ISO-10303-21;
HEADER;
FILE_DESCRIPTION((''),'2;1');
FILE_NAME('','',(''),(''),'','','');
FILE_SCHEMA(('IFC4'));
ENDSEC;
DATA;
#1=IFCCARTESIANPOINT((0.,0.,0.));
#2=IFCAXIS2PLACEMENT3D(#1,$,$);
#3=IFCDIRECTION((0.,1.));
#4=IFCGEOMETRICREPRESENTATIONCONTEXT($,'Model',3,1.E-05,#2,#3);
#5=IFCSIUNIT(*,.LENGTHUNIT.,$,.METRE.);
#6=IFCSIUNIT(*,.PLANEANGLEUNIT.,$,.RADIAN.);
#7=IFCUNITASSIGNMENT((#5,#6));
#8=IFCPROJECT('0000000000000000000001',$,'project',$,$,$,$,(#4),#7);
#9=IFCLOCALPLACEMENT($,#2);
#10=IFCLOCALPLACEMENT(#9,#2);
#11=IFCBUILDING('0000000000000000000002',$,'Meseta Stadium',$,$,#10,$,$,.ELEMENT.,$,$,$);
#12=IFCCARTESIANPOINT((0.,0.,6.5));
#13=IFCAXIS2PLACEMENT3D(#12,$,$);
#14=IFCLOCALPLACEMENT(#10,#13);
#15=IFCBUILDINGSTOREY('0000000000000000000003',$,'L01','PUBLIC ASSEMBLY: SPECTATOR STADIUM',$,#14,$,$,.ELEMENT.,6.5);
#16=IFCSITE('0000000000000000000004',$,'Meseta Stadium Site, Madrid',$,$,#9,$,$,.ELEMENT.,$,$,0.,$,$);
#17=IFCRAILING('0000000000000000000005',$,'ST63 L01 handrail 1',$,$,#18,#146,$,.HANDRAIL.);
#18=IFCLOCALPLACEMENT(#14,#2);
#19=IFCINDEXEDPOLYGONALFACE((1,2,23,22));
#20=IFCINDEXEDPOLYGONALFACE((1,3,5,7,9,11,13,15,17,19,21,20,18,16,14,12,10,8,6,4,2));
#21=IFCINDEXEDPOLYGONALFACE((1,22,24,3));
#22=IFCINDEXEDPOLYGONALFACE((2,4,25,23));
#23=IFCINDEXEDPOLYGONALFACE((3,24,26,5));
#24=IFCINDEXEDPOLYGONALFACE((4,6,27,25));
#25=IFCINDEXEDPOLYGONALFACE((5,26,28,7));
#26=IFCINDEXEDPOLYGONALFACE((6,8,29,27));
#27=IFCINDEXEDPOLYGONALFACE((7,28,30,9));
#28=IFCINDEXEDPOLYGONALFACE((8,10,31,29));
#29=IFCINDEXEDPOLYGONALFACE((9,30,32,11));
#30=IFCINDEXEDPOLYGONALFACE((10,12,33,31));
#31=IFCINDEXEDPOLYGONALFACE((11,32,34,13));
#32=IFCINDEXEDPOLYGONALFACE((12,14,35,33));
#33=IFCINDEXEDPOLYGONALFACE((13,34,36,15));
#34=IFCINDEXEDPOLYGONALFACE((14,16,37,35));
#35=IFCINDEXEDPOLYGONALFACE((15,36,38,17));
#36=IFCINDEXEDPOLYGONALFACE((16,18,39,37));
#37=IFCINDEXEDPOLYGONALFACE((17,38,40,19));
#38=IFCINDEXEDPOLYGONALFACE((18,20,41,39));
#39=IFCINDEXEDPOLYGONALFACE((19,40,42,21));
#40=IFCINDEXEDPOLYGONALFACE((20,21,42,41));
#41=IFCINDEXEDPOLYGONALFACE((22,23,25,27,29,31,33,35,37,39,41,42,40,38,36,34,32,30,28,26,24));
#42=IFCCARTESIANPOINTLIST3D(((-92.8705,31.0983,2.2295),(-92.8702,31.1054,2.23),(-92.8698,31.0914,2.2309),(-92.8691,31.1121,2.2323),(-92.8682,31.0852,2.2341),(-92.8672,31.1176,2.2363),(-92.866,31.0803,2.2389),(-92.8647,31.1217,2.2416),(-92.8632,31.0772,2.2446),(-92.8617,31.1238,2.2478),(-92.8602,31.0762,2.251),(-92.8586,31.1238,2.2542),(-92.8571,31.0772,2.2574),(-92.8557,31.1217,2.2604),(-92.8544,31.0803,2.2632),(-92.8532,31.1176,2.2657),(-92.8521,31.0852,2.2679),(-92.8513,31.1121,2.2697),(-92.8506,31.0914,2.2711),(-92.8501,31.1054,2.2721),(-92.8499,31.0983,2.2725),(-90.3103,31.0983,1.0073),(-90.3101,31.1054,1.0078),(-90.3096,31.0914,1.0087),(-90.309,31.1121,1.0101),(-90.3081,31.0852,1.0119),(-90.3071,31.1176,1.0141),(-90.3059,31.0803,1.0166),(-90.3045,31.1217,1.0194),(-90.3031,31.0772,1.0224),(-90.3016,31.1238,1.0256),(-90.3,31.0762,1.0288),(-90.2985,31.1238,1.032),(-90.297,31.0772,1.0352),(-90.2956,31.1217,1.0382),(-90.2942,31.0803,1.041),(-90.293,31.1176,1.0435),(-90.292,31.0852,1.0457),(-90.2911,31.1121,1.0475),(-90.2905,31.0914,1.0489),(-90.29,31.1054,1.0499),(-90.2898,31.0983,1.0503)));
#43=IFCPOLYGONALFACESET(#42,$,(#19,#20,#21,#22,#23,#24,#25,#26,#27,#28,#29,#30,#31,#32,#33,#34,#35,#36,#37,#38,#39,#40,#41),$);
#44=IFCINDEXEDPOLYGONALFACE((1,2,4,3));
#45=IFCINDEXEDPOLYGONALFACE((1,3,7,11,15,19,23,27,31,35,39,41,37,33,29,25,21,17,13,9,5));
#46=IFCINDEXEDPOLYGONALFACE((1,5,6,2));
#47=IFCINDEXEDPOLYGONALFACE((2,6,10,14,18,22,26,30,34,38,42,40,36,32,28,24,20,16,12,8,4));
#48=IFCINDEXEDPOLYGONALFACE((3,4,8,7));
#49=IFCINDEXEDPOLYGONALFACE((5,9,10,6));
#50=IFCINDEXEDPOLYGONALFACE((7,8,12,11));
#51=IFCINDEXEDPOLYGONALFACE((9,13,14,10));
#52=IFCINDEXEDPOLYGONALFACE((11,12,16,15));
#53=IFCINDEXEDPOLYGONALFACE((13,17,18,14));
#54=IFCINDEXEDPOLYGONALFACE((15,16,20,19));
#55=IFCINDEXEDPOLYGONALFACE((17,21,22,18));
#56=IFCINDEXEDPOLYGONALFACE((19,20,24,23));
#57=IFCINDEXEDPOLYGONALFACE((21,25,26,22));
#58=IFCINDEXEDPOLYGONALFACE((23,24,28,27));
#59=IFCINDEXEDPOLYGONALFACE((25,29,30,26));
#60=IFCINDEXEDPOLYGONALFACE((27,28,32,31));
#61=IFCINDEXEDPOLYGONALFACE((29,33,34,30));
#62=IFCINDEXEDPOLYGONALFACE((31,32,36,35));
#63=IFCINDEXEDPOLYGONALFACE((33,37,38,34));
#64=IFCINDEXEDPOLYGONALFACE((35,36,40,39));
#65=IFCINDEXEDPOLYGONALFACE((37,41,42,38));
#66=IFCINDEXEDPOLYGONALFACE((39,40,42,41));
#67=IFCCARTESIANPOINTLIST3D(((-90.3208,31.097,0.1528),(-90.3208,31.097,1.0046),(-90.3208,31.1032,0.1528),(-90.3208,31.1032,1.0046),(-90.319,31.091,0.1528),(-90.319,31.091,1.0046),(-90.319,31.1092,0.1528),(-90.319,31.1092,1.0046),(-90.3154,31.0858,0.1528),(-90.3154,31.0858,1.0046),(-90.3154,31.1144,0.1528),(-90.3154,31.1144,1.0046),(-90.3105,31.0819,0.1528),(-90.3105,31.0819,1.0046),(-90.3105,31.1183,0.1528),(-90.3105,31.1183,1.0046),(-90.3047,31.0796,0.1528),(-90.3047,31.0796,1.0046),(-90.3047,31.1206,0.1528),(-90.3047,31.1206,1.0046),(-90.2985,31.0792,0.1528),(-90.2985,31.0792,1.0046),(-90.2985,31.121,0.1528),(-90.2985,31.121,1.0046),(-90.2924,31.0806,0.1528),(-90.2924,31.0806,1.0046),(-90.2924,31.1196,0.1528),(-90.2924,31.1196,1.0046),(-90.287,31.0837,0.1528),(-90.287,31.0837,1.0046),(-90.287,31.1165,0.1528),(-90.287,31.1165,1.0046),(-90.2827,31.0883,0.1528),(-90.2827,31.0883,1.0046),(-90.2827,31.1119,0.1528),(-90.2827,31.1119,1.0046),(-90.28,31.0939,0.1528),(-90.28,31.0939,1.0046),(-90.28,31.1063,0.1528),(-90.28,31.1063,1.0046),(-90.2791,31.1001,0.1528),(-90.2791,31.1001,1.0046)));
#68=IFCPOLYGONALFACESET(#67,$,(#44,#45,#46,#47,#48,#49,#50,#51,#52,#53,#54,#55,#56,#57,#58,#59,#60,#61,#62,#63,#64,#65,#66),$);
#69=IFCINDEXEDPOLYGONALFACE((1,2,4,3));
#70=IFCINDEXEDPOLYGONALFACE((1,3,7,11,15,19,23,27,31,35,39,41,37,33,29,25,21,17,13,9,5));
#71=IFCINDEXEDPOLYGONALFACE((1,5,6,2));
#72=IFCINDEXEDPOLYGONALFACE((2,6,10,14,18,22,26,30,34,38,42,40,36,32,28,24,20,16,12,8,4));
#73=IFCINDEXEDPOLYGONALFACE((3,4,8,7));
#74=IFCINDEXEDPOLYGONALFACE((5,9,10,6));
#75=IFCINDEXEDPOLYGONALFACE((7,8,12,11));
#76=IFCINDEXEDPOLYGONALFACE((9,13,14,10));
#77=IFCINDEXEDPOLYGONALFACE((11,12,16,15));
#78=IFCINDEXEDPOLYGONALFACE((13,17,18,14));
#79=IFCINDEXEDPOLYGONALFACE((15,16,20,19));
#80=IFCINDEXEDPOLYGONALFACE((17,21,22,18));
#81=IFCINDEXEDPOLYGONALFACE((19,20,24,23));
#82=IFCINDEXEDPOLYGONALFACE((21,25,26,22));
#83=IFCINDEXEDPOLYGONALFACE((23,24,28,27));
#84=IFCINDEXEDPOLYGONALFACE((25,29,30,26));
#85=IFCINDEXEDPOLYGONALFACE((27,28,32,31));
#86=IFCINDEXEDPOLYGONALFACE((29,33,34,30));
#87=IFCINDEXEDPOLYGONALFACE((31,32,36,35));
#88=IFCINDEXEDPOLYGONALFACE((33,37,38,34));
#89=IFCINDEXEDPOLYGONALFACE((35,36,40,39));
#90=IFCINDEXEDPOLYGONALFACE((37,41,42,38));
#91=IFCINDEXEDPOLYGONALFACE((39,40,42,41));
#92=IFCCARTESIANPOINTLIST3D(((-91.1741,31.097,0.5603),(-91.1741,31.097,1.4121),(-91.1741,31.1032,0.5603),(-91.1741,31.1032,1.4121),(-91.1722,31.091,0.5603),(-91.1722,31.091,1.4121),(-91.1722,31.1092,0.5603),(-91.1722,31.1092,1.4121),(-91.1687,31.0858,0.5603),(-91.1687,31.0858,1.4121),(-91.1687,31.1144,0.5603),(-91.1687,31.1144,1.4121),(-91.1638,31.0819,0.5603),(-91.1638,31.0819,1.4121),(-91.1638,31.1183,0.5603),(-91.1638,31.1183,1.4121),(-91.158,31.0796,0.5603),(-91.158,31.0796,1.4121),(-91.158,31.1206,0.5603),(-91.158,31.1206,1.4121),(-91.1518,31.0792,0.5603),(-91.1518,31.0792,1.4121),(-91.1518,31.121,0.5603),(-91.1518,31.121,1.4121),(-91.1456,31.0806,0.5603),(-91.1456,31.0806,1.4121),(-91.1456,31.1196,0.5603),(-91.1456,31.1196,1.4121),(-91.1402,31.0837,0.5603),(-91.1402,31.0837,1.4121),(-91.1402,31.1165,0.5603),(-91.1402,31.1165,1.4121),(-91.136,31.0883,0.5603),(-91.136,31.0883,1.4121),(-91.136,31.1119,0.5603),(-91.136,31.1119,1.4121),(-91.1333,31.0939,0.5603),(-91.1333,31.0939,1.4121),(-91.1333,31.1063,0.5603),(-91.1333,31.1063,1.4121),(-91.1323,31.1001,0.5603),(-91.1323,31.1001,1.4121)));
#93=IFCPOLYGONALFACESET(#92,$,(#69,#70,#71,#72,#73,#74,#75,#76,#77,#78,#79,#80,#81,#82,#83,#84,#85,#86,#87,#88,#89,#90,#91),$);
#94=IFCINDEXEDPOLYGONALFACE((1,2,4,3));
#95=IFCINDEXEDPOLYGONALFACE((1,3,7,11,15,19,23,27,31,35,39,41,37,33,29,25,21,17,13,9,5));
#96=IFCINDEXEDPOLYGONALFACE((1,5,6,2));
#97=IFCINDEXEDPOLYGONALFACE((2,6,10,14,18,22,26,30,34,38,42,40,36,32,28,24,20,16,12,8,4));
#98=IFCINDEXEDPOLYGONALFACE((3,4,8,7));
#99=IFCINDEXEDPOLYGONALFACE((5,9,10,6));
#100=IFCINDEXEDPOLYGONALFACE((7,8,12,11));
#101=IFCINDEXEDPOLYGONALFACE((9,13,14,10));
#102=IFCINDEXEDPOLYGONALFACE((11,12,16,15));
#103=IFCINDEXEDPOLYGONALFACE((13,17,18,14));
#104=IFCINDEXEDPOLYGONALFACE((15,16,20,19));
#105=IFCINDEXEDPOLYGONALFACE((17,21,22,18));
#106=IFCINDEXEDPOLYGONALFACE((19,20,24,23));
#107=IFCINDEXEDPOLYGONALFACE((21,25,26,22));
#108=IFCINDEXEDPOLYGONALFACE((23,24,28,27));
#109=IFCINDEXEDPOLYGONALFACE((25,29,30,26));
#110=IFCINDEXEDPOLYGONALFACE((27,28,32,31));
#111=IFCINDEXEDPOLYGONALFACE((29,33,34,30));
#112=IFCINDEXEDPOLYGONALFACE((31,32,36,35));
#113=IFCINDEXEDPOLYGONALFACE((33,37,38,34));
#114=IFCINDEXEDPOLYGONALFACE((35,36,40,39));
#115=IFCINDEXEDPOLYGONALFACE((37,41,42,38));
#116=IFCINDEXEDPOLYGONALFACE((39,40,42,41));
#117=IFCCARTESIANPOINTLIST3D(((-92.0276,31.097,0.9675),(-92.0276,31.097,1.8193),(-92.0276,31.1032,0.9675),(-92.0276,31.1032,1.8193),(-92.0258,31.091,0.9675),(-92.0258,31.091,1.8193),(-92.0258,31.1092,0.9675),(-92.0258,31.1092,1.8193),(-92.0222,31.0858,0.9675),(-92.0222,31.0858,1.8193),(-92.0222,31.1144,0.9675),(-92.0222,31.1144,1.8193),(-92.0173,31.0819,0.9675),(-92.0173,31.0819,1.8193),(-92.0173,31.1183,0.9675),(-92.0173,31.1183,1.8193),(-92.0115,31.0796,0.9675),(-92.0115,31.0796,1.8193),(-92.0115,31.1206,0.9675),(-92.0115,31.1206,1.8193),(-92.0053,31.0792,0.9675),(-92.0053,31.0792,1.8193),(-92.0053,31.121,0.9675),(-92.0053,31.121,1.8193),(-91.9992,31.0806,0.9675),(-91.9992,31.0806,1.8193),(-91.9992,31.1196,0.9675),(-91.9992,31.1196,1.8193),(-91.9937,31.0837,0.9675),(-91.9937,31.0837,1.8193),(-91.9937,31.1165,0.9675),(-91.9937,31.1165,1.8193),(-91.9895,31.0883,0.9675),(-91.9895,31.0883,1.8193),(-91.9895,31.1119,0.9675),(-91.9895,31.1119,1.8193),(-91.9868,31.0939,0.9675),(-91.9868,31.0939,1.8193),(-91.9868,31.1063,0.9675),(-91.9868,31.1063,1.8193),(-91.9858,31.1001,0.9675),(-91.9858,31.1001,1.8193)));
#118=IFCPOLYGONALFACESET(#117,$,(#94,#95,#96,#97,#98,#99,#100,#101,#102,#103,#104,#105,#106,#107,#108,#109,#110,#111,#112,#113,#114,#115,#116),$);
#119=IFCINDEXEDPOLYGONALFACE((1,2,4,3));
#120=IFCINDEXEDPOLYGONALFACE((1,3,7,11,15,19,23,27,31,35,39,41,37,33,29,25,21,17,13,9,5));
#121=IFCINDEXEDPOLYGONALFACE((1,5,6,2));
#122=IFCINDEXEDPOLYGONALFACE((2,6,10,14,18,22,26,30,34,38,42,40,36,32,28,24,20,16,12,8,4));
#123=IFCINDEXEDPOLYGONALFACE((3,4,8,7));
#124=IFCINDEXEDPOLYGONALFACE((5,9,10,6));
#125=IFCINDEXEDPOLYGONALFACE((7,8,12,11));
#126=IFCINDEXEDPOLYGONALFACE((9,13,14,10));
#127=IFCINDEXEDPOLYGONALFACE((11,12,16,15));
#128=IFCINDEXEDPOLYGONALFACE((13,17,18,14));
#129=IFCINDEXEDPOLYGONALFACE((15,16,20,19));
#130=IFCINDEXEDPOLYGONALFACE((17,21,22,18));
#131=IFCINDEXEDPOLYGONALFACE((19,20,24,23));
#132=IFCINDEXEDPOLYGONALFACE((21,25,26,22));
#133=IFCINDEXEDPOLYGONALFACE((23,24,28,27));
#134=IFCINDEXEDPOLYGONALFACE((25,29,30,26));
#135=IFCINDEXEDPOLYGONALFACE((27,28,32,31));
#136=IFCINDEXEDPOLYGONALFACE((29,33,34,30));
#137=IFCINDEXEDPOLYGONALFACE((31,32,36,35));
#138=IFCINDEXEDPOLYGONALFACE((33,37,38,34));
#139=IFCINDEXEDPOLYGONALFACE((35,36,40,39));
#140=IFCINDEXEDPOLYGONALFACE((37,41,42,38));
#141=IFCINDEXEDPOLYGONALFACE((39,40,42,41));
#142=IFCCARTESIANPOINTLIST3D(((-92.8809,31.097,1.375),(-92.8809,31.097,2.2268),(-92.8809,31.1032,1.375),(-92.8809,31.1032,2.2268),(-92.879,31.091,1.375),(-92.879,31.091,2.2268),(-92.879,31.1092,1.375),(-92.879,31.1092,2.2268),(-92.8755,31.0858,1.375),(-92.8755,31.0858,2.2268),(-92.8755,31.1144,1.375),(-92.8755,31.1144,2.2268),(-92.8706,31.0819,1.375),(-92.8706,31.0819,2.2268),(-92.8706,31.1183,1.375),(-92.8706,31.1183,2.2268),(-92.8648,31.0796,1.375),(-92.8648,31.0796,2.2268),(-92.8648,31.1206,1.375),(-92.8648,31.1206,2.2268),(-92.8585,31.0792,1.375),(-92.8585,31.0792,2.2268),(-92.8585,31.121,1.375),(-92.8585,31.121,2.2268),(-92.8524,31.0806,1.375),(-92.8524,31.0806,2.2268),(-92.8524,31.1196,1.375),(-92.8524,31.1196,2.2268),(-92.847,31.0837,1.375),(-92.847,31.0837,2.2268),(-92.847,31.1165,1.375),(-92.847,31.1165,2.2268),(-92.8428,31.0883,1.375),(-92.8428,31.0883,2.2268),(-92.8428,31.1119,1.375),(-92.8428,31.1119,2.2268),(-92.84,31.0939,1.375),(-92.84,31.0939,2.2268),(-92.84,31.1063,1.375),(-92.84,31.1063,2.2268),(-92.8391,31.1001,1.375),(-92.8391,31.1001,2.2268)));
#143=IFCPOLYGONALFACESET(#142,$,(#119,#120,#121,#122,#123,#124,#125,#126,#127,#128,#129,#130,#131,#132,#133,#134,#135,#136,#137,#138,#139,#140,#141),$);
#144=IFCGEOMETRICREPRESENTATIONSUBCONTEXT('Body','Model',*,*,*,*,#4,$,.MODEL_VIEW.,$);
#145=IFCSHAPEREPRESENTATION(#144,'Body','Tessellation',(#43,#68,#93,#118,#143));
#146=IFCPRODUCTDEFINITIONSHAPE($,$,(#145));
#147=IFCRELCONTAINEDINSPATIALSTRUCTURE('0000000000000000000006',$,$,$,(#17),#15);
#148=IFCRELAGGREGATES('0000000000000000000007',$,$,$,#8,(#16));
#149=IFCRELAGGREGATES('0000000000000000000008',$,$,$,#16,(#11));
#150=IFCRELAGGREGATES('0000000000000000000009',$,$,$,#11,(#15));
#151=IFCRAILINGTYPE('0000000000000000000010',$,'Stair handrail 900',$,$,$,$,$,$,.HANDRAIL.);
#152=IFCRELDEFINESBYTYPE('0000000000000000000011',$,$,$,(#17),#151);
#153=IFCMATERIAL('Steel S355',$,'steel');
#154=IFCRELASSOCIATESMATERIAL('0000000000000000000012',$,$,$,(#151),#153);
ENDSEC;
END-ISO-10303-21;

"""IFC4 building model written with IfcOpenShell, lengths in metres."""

from ifc_helpers import new_model, si_unit, direction, frame, origin, origin_2d, place, context, subcontext, project, spatial, circle, extrude, material, type_object, element, save


model = new_model("IFC4")

# Units and contexts
model_context = context("Model", 3, precision=1e-05, world=origin(), true_north=direction((0.0, 1.0)))
body_context = subcontext(model_context, "Body", "Model", "MODEL_VIEW")
ifc_project = project(units=[si_unit("LENGTHUNIT", "METRE"), si_unit("PLANEANGLEUNIT", "RADIAN")], contexts=[model_context])

# Site, building, storey
site_placement = place(None, origin())
site = spatial("IfcSite", under=ifc_project, at=site_placement, Name="Meseta Stadium Site, Madrid", CompositionType="ELEMENT", RefElevation=0.0)
building_placement = place(site_placement, origin())
building = spatial("IfcBuilding", under=site, at=building_placement, Name="Meseta Stadium", CompositionType="ELEMENT")
storey_placement = place(building_placement, frame((0.0, 0.0, 6.5)))
storey = spatial("IfcBuildingStorey", under=building, at=storey_placement, Name="L01", Description="PUBLIC ASSEMBLY: SPECTATOR STADIUM", CompositionType="ELEMENT", Elevation=6.5)

# Railing
ifc_material_1 = material(Name="Steel S355", Category="steel")
railing_type_1 = type_object("IfcRailingType", Name="Stair handrail 900", PredefinedType="HANDRAIL", material=ifc_material_1)
for number, where, name in (
    (1, (-90.3, 31.1001, 0.1528), "ST63 L01 handrail 1"),
):
    element("IfcRailing", number, at=place(storey_placement, frame(where)), inside=storey, type_object=railing_type_1, Name=name, PredefinedType="HANDRAIL", context=body_context, shape_type="SweptSolid", body=[
        extrude(circle(Radius=0.0239, at=origin_2d()), frame((0.0, 0.0, 0.876), z_axis=(-0.902437, 0.0, 0.430822), x_axis=(0.0, -1.0, 0.0)), (0.0, 0.0, 1.0), 2.8369),
        extrude(circle(Radius=0.021, at=origin_2d()), origin(), (0.0, 0.0, 1.0), 0.8518),
        extrude(circle(Radius=0.021, at=origin_2d()), frame((-0.8533, 0.0, 0.4075)), (0.0, 0.0, 1.0), 0.8518),
        extrude(circle(Radius=0.021, at=origin_2d()), frame((-1.7068, 0.0, 0.8147)), (0.0, 0.0, 1.0), 0.8518),
        extrude(circle(Radius=0.021, at=origin_2d()), frame((-2.5601, 0.0, 1.2222)), (0.0, 0.0, 1.0), 0.8518),
    ])

save(model, "model.ifc")
